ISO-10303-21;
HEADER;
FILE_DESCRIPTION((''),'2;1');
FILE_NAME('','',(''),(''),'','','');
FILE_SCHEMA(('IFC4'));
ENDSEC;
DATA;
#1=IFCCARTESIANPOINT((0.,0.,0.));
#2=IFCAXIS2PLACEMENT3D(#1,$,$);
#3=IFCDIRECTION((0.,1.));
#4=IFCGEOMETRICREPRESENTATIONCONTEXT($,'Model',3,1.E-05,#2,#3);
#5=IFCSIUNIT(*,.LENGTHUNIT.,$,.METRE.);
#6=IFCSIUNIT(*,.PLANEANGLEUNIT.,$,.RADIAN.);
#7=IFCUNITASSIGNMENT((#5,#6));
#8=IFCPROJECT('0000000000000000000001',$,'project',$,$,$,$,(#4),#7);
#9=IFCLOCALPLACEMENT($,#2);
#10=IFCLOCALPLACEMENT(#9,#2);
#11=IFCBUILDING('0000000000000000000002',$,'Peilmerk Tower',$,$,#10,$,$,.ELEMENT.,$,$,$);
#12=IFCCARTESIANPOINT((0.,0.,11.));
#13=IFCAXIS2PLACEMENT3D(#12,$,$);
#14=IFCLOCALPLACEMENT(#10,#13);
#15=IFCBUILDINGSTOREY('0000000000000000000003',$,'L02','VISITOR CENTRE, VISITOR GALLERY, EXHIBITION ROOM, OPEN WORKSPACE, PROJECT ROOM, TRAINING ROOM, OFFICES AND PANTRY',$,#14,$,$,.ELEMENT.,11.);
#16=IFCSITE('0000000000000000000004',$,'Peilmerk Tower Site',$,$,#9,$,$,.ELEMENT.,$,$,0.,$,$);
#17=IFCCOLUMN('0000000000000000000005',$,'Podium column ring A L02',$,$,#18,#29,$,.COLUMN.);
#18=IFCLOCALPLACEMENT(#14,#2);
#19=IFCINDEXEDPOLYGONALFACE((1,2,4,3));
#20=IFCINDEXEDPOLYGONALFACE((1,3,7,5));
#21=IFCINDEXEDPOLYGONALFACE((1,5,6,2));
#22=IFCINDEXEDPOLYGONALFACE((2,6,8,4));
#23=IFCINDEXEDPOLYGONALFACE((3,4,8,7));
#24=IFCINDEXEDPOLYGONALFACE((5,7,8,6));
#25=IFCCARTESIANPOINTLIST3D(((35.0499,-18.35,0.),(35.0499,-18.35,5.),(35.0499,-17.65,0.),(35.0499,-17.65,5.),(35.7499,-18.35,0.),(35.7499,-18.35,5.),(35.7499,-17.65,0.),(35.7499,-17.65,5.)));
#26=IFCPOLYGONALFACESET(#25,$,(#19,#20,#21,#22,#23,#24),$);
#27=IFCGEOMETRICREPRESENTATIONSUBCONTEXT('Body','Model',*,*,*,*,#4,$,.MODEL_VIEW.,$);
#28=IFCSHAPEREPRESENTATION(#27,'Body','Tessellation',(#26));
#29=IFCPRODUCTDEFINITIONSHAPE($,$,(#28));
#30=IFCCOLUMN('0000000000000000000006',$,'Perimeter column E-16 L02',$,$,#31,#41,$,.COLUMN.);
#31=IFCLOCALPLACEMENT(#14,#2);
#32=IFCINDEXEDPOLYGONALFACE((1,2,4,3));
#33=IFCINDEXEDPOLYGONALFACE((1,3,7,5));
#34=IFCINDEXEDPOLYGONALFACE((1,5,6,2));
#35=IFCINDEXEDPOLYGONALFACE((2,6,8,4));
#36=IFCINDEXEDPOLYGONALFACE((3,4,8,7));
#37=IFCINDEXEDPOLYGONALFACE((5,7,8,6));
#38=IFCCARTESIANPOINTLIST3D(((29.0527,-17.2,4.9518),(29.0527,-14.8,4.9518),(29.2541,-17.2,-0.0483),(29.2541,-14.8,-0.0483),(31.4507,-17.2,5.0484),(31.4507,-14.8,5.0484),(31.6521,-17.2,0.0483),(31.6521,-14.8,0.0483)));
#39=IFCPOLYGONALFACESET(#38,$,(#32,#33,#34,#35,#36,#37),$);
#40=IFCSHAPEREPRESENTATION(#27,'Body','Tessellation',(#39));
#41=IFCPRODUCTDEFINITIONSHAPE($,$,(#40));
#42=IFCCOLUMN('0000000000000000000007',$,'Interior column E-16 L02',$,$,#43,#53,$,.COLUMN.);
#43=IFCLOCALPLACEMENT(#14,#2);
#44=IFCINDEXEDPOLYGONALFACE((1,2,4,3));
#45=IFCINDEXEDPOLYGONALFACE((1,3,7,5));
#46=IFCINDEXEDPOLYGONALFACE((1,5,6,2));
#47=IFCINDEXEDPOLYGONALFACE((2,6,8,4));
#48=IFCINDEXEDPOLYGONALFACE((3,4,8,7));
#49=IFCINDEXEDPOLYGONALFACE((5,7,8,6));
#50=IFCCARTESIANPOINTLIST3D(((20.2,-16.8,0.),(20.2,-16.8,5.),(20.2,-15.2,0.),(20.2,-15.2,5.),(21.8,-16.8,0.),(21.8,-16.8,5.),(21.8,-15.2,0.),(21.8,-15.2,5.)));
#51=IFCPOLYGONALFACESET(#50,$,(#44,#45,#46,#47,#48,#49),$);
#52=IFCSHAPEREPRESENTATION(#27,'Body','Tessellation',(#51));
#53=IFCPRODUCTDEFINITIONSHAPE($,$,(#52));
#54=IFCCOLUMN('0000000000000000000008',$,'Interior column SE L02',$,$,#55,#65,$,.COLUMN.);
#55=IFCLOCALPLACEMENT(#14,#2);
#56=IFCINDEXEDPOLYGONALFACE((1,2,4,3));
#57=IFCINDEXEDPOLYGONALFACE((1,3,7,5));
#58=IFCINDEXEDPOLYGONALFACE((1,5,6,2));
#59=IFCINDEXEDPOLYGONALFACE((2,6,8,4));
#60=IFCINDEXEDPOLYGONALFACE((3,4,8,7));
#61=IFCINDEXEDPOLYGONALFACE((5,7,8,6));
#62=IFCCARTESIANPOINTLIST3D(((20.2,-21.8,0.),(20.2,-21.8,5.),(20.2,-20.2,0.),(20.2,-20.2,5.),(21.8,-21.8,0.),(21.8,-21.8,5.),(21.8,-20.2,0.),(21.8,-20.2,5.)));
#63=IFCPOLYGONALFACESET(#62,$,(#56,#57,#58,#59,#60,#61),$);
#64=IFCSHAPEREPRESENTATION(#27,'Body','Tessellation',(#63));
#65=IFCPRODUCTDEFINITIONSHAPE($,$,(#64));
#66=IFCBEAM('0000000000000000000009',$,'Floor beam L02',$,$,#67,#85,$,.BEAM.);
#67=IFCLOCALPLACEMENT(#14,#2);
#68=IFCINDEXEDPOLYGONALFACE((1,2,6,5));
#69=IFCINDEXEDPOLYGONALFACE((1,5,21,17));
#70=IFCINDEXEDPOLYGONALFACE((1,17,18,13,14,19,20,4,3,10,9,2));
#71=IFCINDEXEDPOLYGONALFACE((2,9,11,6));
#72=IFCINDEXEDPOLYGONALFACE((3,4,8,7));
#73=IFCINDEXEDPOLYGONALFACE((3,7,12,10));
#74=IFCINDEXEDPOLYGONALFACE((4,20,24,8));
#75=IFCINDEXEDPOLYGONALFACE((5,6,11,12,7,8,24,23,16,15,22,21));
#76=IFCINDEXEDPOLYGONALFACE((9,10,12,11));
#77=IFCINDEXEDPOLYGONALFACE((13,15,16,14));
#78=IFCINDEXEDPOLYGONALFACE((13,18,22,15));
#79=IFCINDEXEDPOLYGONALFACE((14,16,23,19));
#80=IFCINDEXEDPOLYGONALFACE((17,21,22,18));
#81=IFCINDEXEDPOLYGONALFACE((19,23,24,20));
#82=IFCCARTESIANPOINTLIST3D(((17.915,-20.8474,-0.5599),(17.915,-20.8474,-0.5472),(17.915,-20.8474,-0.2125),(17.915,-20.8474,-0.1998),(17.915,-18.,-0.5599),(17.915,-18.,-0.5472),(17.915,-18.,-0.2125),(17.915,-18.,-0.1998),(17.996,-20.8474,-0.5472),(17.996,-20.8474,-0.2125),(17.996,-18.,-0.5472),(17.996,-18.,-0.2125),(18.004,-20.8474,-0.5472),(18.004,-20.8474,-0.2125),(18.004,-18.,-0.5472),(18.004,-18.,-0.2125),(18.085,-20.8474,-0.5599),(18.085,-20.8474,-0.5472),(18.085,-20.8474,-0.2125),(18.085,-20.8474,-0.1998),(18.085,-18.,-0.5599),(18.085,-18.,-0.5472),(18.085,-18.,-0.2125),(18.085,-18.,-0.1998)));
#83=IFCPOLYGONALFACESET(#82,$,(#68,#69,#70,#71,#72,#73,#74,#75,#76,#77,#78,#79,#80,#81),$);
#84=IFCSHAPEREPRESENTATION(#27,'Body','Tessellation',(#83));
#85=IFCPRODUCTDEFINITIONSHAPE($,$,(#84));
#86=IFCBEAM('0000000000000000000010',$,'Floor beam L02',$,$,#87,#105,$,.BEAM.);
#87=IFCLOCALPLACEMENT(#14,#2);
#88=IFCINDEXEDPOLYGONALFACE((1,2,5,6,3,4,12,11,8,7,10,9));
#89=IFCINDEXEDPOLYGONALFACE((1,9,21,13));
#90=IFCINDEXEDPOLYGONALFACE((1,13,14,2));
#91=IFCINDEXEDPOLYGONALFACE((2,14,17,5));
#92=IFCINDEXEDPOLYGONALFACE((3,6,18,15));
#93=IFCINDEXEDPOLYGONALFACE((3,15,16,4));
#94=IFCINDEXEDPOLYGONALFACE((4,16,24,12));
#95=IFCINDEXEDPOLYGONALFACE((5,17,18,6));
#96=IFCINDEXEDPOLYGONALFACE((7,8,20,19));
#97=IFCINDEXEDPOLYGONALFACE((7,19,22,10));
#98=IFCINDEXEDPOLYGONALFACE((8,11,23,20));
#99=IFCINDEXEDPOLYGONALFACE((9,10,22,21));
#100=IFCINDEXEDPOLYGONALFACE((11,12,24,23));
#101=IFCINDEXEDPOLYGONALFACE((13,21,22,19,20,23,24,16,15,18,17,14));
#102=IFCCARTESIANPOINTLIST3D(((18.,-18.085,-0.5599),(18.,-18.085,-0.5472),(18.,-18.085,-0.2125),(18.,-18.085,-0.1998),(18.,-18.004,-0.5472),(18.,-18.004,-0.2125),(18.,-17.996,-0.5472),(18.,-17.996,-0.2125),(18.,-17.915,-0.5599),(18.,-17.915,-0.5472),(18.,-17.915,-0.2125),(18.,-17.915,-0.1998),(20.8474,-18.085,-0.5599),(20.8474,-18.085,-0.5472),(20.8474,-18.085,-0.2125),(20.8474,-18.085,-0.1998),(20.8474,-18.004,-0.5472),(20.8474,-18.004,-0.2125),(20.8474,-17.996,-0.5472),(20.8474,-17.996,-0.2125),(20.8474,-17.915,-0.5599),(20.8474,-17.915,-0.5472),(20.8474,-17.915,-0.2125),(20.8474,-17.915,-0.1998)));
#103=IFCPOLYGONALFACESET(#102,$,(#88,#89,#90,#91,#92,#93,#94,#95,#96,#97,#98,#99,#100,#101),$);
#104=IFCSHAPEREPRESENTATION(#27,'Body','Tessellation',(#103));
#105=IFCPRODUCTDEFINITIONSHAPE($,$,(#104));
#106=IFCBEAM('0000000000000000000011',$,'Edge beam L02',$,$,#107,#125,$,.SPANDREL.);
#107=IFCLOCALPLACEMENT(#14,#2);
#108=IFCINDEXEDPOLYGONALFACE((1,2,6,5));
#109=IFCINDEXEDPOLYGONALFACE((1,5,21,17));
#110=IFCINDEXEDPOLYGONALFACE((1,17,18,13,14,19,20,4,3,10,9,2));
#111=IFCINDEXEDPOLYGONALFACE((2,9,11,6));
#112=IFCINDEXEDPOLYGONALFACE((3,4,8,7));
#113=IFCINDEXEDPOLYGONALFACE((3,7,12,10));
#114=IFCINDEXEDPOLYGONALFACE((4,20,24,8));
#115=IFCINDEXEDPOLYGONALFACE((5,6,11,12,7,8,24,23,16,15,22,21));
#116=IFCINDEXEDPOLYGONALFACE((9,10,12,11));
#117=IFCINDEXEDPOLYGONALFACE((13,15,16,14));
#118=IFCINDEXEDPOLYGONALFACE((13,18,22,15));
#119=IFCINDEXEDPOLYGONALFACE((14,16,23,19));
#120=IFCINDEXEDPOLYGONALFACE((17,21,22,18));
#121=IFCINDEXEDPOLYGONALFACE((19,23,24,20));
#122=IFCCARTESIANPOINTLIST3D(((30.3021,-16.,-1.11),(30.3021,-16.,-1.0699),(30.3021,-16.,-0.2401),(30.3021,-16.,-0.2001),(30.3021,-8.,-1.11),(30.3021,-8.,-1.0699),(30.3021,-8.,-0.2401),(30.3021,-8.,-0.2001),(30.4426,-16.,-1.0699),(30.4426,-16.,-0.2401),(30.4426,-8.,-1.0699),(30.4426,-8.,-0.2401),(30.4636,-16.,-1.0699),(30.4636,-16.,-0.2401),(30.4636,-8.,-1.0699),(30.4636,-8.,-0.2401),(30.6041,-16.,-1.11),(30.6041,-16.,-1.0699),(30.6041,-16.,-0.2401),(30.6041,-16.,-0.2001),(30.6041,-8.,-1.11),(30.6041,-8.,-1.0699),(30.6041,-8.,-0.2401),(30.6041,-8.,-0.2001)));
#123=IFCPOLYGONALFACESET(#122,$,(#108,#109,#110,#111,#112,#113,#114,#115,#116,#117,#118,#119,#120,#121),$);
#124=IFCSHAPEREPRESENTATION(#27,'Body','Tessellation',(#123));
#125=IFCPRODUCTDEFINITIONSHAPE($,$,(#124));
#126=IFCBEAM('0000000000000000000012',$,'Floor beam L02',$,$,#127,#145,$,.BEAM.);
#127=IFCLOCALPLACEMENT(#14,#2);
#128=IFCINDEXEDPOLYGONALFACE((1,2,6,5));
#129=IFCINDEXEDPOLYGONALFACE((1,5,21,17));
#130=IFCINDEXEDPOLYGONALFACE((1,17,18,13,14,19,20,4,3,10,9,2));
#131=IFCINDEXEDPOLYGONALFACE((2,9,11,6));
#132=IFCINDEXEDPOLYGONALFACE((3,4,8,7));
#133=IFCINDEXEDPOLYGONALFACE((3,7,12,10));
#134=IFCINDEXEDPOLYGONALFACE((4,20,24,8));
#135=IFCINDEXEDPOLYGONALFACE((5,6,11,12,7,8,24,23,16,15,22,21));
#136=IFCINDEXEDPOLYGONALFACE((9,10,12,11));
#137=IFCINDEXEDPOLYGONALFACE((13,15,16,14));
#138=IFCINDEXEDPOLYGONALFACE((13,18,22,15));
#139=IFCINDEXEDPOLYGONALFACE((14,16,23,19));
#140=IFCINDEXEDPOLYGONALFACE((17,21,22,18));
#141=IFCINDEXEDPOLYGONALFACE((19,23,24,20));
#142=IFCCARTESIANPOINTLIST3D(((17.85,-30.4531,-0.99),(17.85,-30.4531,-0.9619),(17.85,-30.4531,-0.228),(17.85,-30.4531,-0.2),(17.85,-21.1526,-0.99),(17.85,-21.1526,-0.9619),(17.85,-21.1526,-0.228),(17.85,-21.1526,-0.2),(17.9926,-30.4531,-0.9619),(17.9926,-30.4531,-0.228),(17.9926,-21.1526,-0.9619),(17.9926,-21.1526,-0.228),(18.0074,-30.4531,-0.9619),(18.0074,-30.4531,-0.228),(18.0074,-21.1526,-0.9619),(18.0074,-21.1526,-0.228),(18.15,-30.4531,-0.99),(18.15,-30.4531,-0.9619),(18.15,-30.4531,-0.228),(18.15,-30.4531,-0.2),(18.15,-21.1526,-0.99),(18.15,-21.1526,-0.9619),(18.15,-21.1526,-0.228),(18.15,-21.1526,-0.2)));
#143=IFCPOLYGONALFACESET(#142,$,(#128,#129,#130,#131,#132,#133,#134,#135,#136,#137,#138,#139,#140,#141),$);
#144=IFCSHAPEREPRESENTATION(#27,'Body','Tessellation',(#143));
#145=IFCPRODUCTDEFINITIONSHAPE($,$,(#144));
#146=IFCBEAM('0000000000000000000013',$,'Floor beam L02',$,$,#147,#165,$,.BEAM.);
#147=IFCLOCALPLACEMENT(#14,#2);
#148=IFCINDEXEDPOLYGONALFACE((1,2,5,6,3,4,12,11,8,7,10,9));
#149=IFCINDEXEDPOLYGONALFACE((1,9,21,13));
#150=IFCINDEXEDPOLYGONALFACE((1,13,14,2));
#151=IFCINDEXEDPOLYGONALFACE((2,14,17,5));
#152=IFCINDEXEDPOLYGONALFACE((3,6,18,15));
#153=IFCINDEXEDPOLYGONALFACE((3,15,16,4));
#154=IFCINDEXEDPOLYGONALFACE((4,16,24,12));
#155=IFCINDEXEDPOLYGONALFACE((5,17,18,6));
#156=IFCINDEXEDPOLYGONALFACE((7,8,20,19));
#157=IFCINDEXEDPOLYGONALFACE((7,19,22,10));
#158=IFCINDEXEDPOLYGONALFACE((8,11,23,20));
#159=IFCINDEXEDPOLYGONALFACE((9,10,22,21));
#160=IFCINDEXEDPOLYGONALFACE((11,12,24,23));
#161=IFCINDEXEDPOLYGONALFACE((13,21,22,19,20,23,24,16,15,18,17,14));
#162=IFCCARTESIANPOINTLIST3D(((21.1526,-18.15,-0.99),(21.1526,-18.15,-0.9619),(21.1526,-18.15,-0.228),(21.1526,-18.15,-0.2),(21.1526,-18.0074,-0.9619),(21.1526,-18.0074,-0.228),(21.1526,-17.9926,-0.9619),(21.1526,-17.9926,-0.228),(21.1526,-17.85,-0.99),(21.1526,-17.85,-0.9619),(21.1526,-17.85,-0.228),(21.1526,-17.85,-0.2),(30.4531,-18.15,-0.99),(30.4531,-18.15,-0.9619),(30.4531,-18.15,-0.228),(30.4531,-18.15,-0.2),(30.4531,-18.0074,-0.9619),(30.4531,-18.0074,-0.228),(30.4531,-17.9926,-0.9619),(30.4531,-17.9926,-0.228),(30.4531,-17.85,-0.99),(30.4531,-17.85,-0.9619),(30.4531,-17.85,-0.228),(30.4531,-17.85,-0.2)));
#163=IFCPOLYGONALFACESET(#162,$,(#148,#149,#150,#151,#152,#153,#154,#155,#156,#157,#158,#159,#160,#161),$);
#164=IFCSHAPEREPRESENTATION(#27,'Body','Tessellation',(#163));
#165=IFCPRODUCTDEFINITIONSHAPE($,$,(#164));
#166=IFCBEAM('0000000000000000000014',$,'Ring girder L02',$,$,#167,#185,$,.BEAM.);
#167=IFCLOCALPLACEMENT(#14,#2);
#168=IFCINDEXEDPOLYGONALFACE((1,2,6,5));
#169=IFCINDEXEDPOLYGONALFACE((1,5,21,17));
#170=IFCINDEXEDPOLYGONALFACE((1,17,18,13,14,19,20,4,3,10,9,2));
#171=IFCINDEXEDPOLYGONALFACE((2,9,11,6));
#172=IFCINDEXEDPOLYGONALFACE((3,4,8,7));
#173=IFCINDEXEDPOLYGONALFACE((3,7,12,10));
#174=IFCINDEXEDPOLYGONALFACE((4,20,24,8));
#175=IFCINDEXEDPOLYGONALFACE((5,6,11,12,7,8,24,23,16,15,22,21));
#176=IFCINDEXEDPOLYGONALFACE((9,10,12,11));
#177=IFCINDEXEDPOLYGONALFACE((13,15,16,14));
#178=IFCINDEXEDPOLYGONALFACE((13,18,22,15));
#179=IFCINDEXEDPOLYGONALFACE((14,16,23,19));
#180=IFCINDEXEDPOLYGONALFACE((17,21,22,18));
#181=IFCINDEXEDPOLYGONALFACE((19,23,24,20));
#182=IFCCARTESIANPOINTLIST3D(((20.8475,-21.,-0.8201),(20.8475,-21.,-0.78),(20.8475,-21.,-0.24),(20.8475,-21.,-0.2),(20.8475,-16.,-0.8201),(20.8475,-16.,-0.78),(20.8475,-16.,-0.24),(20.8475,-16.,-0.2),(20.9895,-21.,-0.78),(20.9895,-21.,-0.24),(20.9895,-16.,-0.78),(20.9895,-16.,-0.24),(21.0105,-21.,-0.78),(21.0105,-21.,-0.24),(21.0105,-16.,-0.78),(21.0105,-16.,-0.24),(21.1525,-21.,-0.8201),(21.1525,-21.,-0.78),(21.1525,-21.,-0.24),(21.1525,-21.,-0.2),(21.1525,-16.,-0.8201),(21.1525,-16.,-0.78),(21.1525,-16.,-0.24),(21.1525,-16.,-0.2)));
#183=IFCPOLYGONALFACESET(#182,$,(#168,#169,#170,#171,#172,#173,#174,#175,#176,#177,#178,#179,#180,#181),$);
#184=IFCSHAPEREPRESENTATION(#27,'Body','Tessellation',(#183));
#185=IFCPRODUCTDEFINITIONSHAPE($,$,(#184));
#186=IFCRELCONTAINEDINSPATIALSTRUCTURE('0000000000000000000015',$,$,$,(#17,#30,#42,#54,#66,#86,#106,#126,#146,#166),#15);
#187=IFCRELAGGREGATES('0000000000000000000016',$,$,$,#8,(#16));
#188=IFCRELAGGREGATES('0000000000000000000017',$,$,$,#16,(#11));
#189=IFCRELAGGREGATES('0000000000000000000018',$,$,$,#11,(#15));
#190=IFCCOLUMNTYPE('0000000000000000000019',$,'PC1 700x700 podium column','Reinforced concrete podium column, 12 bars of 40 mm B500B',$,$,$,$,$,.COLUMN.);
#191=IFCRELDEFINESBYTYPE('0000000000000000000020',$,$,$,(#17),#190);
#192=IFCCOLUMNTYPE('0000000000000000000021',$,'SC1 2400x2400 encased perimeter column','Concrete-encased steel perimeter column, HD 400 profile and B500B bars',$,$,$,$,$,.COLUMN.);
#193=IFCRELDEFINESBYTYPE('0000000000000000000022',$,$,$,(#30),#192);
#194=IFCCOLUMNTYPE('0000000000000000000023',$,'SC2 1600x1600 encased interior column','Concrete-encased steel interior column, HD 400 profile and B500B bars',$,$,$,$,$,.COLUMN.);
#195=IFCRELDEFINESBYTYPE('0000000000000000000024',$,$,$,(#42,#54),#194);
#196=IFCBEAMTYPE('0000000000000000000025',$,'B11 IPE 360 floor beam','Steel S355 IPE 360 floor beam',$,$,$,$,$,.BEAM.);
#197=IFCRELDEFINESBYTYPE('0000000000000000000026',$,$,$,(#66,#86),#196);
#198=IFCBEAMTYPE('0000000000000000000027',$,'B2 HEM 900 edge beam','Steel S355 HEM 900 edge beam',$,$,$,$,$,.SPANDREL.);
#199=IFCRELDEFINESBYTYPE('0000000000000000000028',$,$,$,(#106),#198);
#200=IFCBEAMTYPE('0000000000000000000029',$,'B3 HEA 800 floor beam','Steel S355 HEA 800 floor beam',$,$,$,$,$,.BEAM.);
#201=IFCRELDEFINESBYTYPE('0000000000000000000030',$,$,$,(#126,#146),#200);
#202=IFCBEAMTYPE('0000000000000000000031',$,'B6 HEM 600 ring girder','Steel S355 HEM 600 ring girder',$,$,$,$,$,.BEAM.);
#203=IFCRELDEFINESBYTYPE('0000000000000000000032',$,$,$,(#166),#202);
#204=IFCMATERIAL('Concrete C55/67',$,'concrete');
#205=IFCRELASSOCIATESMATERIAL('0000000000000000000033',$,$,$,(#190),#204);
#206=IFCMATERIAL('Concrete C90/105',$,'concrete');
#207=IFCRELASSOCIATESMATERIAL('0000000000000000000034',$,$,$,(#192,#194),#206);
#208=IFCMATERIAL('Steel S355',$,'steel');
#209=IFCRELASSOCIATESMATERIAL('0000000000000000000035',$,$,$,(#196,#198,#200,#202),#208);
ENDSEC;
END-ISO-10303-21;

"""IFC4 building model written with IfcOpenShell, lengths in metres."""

from ifc_helpers import new_model, si_unit, direction, frame, origin, origin_2d, place, context, subcontext, project, spatial, rectangle, i_section, extrude, material, material_profile, profile_set, type_object, element, save


model = new_model("IFC4")

# Units and contexts
model_context = context("Model", 3, precision=1e-05, world=origin(), true_north=direction((0.0, 1.0)))
body_context = subcontext(model_context, "Body", "Model", "MODEL_VIEW")
ifc_project = project(units=[si_unit("LENGTHUNIT", "METRE"), si_unit("PLANEANGLEUNIT", "RADIAN")], contexts=[model_context])

# Site, building, storey
site_placement = place(None, origin())
site = spatial("IfcSite", under=ifc_project, at=site_placement, Name="Peilmerk Tower Site", CompositionType="ELEMENT", RefElevation=0.0)
building_placement = place(site_placement, origin())
building = spatial("IfcBuilding", under=site, at=building_placement, Name="Peilmerk Tower", CompositionType="ELEMENT")
storey_placement = place(building_placement, frame((0.0, 0.0, 11.0)))
storey = spatial("IfcBuildingStorey", under=building, at=storey_placement, Name="L02", Description="VISITOR CENTRE, VISITOR GALLERY, EXHIBITION ROOM, OPEN WORKSPACE, PROJECT ROOM, TRAINING ROOM, OFFICES AND PANTRY", CompositionType="ELEMENT", Elevation=11.0)

# Columns
ifc_material_1 = material(Name="Concrete C55/67", Category="concrete")
ifc_material_profile_1 = material_profile(ifc_material_1, rectangle(XDim=0.7, YDim=0.7, at=origin_2d()), Name="RC 700x700")
ifc_profile_set_1 = profile_set([ifc_material_profile_1], Name="Concrete C55/67")
column_type_1 = type_object("IfcColumnType", Name="PC1 700x700 podium column", Description="Reinforced concrete podium column, 12 bars of 40 mm B500B", PredefinedType="COLUMN", material=ifc_profile_set_1)
column_1_placement = place(storey_placement, frame((35.3999, -18.0, 0.0), z_axis=(0.0, 0.0, 1.0), x_axis=(1.0, 0.0, 0.0)))
element("IfcColumn", 1, at=column_1_placement, inside=storey, type_object=column_type_1, Name="Podium column ring A L02", PredefinedType="COLUMN", context=body_context, shape_type="SweptSolid", body=[
    extrude(rectangle(XDim=0.7, YDim=0.7, at=origin_2d()), origin(), (0.0, 0.0, 1.0), 5.0),
])
ifc_material_2 = material(Name="Concrete C90/105", Category="concrete")
ifc_material_profile_2 = material_profile(ifc_material_2, rectangle(XDim=2.3999, YDim=2.3999, at=origin_2d()), Name="RC 2400x2400")
ifc_profile_set_2 = profile_set([ifc_material_profile_2], Name="Concrete C90/105")
column_type_2 = type_object("IfcColumnType", Name="SC1 2400x2400 encased perimeter column", Description="Concrete-encased steel perimeter column, HD 400 profile and B500B bars", PredefinedType="COLUMN", material=ifc_profile_set_2)
column_2_placement = place(storey_placement, frame((30.4531, -16.0, 0.0), z_axis=(-0.040251, 0.0, 0.99919), x_axis=(0.0, -1.0, 0.0)))
element("IfcColumn", 2, at=column_2_placement, inside=storey, type_object=column_type_2, Name="Perimeter column E-16 L02", PredefinedType="COLUMN", context=body_context, shape_type="SweptSolid", body=[
    extrude(rectangle(XDim=2.3999, YDim=2.3999, at=origin_2d()), origin(), (0.0, 0.0, 1.0), 5.0042),
])
ifc_material_profile_3 = material_profile(ifc_material_2, rectangle(XDim=1.6001, YDim=1.6001, at=origin_2d()), Name="RC 1600x1600")
ifc_profile_set_3 = profile_set([ifc_material_profile_3], Name="Concrete C90/105")
column_type_3 = type_object("IfcColumnType", Name="SC2 1600x1600 encased interior column", Description="Concrete-encased steel interior column, HD 400 profile and B500B bars", PredefinedType="COLUMN", material=ifc_profile_set_3)
for number, where, z_axis, x_axis, name in (
    (3, (21.0, -16.0, 0.0), (0.0, 0.0, 1.0), (1.0, 0.0, 0.0), "Interior column E-16 L02"),
    (4, (21.0, -21.0, 0.0), (0.0, 0.0, 1.0), (1.0, 0.0, 0.0), "Interior column SE L02"),
):
    element("IfcColumn", number, at=place(storey_placement, frame(where, z_axis=z_axis, x_axis=x_axis)), inside=storey, type_object=column_type_3, Name=name, PredefinedType="COLUMN", context=body_context, shape_type="SweptSolid", body=[
        extrude(rectangle(XDim=1.6001, YDim=1.6001, at=origin_2d()), origin(), (0.0, 0.0, 1.0), 5.0),
    ])

# Beams
ifc_material_3 = material(Name="Steel S355", Category="steel")
ifc_material_profile_4 = material_profile(ifc_material_3, i_section(OverallWidth=0.1699, OverallDepth=0.3601, WebThickness=0.0081, FlangeThickness=0.0127, at=origin_2d()), Name="IPE 360")
ifc_profile_set_4 = profile_set([ifc_material_profile_4], Name="Steel S355")
beam_type_1 = type_object("IfcBeamType", Name="B11 IPE 360 floor beam", Description="Steel S355 IPE 360 floor beam", PredefinedType="BEAM", material=ifc_profile_set_4)
for number, where, z_axis, x_axis, name in (
    (5, (18.0, -18.0, -0.3799), (0.0, -1.0, 0.0), (1.0, 0.0, 0.0), "Floor beam L02"),
    (6, (18.0, -18.0, -0.3799), (1.0, 0.0, 0.0), (0.0, 1.0, 0.0), "Floor beam L02"),
):
    element("IfcBeam", number, at=place(storey_placement, frame(where, z_axis=z_axis, x_axis=x_axis)), inside=storey, type_object=beam_type_1, Name=name, PredefinedType="BEAM", context=body_context, shape_type="SweptSolid", body=[
        extrude(i_section(OverallWidth=0.1699, OverallDepth=0.3601, WebThickness=0.0081, FlangeThickness=0.0127, at=origin_2d()), origin(), (0.0, 0.0, 1.0), 2.8474),
    ])
ifc_material_profile_5 = material_profile(ifc_material_3, i_section(OverallWidth=0.302, OverallDepth=0.9099, WebThickness=0.021, FlangeThickness=0.04, at=origin_2d()), Name="HEM 900")
ifc_profile_set_5 = profile_set([ifc_material_profile_5], Name="Steel S355")
beam_type_2 = type_object("IfcBeamType", Name="B2 HEM 900 edge beam", Description="Steel S355 HEM 900 edge beam", PredefinedType="SPANDREL", material=ifc_profile_set_5)
beam_1_placement = place(storey_placement, frame((30.4531, -16.0, -0.655), z_axis=(0.0, 1.0, 0.0), x_axis=(-1.0, 0.0, 0.0)))
element("IfcBeam", 7, at=beam_1_placement, inside=storey, type_object=beam_type_2, Name="Edge beam L02", PredefinedType="SPANDREL", context=body_context, shape_type="SweptSolid", body=[
    extrude(i_section(OverallWidth=0.302, OverallDepth=0.9099, WebThickness=0.021, FlangeThickness=0.04, at=origin_2d()), origin(), (0.0, 0.0, 1.0), 8.0),
])
ifc_material_profile_6 = material_profile(ifc_material_3, i_section(OverallWidth=0.3, OverallDepth=0.79, WebThickness=0.0149, FlangeThickness=0.0281, at=origin_2d()), Name="HEA 800")
ifc_profile_set_6 = profile_set([ifc_material_profile_6], Name="Steel S355")
beam_type_3 = type_object("IfcBeamType", Name="B3 HEA 800 floor beam", Description="Steel S355 HEA 800 floor beam", PredefinedType="BEAM", material=ifc_profile_set_6)
for number, where, z_axis, x_axis, name in (
    (8, (18.0, -21.1526, -0.595), (0.0, -1.0, 0.0), (1.0, 0.0, 0.0), "Floor beam L02"),
    (9, (21.1526, -18.0, -0.595), (1.0, 0.0, 0.0), (0.0, 1.0, 0.0), "Floor beam L02"),
):
    element("IfcBeam", number, at=place(storey_placement, frame(where, z_axis=z_axis, x_axis=x_axis)), inside=storey, type_object=beam_type_3, Name=name, PredefinedType="BEAM", context=body_context, shape_type="SweptSolid", body=[
        extrude(i_section(OverallWidth=0.3, OverallDepth=0.79, WebThickness=0.0149, FlangeThickness=0.0281, at=origin_2d()), origin(), (0.0, 0.0, 1.0), 9.3005),
    ])
ifc_material_profile_7 = material_profile(ifc_material_3, i_section(OverallWidth=0.3049, OverallDepth=0.6201, WebThickness=0.021, FlangeThickness=0.04, at=origin_2d()), Name="HEM 600")
ifc_profile_set_7 = profile_set([ifc_material_profile_7], Name="Steel S355")
beam_type_4 = type_object("IfcBeamType", Name="B6 HEM 600 ring girder", Description="Steel S355 HEM 600 ring girder", PredefinedType="BEAM", material=ifc_profile_set_7)
for number, where, z_axis, x_axis, name in (
    (10, (21.0, -21.0, -0.51), (0.0, 1.0, 0.0), (-1.0, 0.0, 0.0), "Ring girder L02"),
):
    element("IfcBeam", number, at=place(storey_placement, frame(where, z_axis=z_axis, x_axis=x_axis)), inside=storey, type_object=beam_type_4, Name=name, PredefinedType="BEAM", context=body_context, shape_type="SweptSolid", body=[
        extrude(i_section(OverallWidth=0.3049, OverallDepth=0.6201, WebThickness=0.021, FlangeThickness=0.04, at=origin_2d()), origin(), (0.0, 0.0, 1.0), 5.0),
    ])

save(model, "model.ifc")
